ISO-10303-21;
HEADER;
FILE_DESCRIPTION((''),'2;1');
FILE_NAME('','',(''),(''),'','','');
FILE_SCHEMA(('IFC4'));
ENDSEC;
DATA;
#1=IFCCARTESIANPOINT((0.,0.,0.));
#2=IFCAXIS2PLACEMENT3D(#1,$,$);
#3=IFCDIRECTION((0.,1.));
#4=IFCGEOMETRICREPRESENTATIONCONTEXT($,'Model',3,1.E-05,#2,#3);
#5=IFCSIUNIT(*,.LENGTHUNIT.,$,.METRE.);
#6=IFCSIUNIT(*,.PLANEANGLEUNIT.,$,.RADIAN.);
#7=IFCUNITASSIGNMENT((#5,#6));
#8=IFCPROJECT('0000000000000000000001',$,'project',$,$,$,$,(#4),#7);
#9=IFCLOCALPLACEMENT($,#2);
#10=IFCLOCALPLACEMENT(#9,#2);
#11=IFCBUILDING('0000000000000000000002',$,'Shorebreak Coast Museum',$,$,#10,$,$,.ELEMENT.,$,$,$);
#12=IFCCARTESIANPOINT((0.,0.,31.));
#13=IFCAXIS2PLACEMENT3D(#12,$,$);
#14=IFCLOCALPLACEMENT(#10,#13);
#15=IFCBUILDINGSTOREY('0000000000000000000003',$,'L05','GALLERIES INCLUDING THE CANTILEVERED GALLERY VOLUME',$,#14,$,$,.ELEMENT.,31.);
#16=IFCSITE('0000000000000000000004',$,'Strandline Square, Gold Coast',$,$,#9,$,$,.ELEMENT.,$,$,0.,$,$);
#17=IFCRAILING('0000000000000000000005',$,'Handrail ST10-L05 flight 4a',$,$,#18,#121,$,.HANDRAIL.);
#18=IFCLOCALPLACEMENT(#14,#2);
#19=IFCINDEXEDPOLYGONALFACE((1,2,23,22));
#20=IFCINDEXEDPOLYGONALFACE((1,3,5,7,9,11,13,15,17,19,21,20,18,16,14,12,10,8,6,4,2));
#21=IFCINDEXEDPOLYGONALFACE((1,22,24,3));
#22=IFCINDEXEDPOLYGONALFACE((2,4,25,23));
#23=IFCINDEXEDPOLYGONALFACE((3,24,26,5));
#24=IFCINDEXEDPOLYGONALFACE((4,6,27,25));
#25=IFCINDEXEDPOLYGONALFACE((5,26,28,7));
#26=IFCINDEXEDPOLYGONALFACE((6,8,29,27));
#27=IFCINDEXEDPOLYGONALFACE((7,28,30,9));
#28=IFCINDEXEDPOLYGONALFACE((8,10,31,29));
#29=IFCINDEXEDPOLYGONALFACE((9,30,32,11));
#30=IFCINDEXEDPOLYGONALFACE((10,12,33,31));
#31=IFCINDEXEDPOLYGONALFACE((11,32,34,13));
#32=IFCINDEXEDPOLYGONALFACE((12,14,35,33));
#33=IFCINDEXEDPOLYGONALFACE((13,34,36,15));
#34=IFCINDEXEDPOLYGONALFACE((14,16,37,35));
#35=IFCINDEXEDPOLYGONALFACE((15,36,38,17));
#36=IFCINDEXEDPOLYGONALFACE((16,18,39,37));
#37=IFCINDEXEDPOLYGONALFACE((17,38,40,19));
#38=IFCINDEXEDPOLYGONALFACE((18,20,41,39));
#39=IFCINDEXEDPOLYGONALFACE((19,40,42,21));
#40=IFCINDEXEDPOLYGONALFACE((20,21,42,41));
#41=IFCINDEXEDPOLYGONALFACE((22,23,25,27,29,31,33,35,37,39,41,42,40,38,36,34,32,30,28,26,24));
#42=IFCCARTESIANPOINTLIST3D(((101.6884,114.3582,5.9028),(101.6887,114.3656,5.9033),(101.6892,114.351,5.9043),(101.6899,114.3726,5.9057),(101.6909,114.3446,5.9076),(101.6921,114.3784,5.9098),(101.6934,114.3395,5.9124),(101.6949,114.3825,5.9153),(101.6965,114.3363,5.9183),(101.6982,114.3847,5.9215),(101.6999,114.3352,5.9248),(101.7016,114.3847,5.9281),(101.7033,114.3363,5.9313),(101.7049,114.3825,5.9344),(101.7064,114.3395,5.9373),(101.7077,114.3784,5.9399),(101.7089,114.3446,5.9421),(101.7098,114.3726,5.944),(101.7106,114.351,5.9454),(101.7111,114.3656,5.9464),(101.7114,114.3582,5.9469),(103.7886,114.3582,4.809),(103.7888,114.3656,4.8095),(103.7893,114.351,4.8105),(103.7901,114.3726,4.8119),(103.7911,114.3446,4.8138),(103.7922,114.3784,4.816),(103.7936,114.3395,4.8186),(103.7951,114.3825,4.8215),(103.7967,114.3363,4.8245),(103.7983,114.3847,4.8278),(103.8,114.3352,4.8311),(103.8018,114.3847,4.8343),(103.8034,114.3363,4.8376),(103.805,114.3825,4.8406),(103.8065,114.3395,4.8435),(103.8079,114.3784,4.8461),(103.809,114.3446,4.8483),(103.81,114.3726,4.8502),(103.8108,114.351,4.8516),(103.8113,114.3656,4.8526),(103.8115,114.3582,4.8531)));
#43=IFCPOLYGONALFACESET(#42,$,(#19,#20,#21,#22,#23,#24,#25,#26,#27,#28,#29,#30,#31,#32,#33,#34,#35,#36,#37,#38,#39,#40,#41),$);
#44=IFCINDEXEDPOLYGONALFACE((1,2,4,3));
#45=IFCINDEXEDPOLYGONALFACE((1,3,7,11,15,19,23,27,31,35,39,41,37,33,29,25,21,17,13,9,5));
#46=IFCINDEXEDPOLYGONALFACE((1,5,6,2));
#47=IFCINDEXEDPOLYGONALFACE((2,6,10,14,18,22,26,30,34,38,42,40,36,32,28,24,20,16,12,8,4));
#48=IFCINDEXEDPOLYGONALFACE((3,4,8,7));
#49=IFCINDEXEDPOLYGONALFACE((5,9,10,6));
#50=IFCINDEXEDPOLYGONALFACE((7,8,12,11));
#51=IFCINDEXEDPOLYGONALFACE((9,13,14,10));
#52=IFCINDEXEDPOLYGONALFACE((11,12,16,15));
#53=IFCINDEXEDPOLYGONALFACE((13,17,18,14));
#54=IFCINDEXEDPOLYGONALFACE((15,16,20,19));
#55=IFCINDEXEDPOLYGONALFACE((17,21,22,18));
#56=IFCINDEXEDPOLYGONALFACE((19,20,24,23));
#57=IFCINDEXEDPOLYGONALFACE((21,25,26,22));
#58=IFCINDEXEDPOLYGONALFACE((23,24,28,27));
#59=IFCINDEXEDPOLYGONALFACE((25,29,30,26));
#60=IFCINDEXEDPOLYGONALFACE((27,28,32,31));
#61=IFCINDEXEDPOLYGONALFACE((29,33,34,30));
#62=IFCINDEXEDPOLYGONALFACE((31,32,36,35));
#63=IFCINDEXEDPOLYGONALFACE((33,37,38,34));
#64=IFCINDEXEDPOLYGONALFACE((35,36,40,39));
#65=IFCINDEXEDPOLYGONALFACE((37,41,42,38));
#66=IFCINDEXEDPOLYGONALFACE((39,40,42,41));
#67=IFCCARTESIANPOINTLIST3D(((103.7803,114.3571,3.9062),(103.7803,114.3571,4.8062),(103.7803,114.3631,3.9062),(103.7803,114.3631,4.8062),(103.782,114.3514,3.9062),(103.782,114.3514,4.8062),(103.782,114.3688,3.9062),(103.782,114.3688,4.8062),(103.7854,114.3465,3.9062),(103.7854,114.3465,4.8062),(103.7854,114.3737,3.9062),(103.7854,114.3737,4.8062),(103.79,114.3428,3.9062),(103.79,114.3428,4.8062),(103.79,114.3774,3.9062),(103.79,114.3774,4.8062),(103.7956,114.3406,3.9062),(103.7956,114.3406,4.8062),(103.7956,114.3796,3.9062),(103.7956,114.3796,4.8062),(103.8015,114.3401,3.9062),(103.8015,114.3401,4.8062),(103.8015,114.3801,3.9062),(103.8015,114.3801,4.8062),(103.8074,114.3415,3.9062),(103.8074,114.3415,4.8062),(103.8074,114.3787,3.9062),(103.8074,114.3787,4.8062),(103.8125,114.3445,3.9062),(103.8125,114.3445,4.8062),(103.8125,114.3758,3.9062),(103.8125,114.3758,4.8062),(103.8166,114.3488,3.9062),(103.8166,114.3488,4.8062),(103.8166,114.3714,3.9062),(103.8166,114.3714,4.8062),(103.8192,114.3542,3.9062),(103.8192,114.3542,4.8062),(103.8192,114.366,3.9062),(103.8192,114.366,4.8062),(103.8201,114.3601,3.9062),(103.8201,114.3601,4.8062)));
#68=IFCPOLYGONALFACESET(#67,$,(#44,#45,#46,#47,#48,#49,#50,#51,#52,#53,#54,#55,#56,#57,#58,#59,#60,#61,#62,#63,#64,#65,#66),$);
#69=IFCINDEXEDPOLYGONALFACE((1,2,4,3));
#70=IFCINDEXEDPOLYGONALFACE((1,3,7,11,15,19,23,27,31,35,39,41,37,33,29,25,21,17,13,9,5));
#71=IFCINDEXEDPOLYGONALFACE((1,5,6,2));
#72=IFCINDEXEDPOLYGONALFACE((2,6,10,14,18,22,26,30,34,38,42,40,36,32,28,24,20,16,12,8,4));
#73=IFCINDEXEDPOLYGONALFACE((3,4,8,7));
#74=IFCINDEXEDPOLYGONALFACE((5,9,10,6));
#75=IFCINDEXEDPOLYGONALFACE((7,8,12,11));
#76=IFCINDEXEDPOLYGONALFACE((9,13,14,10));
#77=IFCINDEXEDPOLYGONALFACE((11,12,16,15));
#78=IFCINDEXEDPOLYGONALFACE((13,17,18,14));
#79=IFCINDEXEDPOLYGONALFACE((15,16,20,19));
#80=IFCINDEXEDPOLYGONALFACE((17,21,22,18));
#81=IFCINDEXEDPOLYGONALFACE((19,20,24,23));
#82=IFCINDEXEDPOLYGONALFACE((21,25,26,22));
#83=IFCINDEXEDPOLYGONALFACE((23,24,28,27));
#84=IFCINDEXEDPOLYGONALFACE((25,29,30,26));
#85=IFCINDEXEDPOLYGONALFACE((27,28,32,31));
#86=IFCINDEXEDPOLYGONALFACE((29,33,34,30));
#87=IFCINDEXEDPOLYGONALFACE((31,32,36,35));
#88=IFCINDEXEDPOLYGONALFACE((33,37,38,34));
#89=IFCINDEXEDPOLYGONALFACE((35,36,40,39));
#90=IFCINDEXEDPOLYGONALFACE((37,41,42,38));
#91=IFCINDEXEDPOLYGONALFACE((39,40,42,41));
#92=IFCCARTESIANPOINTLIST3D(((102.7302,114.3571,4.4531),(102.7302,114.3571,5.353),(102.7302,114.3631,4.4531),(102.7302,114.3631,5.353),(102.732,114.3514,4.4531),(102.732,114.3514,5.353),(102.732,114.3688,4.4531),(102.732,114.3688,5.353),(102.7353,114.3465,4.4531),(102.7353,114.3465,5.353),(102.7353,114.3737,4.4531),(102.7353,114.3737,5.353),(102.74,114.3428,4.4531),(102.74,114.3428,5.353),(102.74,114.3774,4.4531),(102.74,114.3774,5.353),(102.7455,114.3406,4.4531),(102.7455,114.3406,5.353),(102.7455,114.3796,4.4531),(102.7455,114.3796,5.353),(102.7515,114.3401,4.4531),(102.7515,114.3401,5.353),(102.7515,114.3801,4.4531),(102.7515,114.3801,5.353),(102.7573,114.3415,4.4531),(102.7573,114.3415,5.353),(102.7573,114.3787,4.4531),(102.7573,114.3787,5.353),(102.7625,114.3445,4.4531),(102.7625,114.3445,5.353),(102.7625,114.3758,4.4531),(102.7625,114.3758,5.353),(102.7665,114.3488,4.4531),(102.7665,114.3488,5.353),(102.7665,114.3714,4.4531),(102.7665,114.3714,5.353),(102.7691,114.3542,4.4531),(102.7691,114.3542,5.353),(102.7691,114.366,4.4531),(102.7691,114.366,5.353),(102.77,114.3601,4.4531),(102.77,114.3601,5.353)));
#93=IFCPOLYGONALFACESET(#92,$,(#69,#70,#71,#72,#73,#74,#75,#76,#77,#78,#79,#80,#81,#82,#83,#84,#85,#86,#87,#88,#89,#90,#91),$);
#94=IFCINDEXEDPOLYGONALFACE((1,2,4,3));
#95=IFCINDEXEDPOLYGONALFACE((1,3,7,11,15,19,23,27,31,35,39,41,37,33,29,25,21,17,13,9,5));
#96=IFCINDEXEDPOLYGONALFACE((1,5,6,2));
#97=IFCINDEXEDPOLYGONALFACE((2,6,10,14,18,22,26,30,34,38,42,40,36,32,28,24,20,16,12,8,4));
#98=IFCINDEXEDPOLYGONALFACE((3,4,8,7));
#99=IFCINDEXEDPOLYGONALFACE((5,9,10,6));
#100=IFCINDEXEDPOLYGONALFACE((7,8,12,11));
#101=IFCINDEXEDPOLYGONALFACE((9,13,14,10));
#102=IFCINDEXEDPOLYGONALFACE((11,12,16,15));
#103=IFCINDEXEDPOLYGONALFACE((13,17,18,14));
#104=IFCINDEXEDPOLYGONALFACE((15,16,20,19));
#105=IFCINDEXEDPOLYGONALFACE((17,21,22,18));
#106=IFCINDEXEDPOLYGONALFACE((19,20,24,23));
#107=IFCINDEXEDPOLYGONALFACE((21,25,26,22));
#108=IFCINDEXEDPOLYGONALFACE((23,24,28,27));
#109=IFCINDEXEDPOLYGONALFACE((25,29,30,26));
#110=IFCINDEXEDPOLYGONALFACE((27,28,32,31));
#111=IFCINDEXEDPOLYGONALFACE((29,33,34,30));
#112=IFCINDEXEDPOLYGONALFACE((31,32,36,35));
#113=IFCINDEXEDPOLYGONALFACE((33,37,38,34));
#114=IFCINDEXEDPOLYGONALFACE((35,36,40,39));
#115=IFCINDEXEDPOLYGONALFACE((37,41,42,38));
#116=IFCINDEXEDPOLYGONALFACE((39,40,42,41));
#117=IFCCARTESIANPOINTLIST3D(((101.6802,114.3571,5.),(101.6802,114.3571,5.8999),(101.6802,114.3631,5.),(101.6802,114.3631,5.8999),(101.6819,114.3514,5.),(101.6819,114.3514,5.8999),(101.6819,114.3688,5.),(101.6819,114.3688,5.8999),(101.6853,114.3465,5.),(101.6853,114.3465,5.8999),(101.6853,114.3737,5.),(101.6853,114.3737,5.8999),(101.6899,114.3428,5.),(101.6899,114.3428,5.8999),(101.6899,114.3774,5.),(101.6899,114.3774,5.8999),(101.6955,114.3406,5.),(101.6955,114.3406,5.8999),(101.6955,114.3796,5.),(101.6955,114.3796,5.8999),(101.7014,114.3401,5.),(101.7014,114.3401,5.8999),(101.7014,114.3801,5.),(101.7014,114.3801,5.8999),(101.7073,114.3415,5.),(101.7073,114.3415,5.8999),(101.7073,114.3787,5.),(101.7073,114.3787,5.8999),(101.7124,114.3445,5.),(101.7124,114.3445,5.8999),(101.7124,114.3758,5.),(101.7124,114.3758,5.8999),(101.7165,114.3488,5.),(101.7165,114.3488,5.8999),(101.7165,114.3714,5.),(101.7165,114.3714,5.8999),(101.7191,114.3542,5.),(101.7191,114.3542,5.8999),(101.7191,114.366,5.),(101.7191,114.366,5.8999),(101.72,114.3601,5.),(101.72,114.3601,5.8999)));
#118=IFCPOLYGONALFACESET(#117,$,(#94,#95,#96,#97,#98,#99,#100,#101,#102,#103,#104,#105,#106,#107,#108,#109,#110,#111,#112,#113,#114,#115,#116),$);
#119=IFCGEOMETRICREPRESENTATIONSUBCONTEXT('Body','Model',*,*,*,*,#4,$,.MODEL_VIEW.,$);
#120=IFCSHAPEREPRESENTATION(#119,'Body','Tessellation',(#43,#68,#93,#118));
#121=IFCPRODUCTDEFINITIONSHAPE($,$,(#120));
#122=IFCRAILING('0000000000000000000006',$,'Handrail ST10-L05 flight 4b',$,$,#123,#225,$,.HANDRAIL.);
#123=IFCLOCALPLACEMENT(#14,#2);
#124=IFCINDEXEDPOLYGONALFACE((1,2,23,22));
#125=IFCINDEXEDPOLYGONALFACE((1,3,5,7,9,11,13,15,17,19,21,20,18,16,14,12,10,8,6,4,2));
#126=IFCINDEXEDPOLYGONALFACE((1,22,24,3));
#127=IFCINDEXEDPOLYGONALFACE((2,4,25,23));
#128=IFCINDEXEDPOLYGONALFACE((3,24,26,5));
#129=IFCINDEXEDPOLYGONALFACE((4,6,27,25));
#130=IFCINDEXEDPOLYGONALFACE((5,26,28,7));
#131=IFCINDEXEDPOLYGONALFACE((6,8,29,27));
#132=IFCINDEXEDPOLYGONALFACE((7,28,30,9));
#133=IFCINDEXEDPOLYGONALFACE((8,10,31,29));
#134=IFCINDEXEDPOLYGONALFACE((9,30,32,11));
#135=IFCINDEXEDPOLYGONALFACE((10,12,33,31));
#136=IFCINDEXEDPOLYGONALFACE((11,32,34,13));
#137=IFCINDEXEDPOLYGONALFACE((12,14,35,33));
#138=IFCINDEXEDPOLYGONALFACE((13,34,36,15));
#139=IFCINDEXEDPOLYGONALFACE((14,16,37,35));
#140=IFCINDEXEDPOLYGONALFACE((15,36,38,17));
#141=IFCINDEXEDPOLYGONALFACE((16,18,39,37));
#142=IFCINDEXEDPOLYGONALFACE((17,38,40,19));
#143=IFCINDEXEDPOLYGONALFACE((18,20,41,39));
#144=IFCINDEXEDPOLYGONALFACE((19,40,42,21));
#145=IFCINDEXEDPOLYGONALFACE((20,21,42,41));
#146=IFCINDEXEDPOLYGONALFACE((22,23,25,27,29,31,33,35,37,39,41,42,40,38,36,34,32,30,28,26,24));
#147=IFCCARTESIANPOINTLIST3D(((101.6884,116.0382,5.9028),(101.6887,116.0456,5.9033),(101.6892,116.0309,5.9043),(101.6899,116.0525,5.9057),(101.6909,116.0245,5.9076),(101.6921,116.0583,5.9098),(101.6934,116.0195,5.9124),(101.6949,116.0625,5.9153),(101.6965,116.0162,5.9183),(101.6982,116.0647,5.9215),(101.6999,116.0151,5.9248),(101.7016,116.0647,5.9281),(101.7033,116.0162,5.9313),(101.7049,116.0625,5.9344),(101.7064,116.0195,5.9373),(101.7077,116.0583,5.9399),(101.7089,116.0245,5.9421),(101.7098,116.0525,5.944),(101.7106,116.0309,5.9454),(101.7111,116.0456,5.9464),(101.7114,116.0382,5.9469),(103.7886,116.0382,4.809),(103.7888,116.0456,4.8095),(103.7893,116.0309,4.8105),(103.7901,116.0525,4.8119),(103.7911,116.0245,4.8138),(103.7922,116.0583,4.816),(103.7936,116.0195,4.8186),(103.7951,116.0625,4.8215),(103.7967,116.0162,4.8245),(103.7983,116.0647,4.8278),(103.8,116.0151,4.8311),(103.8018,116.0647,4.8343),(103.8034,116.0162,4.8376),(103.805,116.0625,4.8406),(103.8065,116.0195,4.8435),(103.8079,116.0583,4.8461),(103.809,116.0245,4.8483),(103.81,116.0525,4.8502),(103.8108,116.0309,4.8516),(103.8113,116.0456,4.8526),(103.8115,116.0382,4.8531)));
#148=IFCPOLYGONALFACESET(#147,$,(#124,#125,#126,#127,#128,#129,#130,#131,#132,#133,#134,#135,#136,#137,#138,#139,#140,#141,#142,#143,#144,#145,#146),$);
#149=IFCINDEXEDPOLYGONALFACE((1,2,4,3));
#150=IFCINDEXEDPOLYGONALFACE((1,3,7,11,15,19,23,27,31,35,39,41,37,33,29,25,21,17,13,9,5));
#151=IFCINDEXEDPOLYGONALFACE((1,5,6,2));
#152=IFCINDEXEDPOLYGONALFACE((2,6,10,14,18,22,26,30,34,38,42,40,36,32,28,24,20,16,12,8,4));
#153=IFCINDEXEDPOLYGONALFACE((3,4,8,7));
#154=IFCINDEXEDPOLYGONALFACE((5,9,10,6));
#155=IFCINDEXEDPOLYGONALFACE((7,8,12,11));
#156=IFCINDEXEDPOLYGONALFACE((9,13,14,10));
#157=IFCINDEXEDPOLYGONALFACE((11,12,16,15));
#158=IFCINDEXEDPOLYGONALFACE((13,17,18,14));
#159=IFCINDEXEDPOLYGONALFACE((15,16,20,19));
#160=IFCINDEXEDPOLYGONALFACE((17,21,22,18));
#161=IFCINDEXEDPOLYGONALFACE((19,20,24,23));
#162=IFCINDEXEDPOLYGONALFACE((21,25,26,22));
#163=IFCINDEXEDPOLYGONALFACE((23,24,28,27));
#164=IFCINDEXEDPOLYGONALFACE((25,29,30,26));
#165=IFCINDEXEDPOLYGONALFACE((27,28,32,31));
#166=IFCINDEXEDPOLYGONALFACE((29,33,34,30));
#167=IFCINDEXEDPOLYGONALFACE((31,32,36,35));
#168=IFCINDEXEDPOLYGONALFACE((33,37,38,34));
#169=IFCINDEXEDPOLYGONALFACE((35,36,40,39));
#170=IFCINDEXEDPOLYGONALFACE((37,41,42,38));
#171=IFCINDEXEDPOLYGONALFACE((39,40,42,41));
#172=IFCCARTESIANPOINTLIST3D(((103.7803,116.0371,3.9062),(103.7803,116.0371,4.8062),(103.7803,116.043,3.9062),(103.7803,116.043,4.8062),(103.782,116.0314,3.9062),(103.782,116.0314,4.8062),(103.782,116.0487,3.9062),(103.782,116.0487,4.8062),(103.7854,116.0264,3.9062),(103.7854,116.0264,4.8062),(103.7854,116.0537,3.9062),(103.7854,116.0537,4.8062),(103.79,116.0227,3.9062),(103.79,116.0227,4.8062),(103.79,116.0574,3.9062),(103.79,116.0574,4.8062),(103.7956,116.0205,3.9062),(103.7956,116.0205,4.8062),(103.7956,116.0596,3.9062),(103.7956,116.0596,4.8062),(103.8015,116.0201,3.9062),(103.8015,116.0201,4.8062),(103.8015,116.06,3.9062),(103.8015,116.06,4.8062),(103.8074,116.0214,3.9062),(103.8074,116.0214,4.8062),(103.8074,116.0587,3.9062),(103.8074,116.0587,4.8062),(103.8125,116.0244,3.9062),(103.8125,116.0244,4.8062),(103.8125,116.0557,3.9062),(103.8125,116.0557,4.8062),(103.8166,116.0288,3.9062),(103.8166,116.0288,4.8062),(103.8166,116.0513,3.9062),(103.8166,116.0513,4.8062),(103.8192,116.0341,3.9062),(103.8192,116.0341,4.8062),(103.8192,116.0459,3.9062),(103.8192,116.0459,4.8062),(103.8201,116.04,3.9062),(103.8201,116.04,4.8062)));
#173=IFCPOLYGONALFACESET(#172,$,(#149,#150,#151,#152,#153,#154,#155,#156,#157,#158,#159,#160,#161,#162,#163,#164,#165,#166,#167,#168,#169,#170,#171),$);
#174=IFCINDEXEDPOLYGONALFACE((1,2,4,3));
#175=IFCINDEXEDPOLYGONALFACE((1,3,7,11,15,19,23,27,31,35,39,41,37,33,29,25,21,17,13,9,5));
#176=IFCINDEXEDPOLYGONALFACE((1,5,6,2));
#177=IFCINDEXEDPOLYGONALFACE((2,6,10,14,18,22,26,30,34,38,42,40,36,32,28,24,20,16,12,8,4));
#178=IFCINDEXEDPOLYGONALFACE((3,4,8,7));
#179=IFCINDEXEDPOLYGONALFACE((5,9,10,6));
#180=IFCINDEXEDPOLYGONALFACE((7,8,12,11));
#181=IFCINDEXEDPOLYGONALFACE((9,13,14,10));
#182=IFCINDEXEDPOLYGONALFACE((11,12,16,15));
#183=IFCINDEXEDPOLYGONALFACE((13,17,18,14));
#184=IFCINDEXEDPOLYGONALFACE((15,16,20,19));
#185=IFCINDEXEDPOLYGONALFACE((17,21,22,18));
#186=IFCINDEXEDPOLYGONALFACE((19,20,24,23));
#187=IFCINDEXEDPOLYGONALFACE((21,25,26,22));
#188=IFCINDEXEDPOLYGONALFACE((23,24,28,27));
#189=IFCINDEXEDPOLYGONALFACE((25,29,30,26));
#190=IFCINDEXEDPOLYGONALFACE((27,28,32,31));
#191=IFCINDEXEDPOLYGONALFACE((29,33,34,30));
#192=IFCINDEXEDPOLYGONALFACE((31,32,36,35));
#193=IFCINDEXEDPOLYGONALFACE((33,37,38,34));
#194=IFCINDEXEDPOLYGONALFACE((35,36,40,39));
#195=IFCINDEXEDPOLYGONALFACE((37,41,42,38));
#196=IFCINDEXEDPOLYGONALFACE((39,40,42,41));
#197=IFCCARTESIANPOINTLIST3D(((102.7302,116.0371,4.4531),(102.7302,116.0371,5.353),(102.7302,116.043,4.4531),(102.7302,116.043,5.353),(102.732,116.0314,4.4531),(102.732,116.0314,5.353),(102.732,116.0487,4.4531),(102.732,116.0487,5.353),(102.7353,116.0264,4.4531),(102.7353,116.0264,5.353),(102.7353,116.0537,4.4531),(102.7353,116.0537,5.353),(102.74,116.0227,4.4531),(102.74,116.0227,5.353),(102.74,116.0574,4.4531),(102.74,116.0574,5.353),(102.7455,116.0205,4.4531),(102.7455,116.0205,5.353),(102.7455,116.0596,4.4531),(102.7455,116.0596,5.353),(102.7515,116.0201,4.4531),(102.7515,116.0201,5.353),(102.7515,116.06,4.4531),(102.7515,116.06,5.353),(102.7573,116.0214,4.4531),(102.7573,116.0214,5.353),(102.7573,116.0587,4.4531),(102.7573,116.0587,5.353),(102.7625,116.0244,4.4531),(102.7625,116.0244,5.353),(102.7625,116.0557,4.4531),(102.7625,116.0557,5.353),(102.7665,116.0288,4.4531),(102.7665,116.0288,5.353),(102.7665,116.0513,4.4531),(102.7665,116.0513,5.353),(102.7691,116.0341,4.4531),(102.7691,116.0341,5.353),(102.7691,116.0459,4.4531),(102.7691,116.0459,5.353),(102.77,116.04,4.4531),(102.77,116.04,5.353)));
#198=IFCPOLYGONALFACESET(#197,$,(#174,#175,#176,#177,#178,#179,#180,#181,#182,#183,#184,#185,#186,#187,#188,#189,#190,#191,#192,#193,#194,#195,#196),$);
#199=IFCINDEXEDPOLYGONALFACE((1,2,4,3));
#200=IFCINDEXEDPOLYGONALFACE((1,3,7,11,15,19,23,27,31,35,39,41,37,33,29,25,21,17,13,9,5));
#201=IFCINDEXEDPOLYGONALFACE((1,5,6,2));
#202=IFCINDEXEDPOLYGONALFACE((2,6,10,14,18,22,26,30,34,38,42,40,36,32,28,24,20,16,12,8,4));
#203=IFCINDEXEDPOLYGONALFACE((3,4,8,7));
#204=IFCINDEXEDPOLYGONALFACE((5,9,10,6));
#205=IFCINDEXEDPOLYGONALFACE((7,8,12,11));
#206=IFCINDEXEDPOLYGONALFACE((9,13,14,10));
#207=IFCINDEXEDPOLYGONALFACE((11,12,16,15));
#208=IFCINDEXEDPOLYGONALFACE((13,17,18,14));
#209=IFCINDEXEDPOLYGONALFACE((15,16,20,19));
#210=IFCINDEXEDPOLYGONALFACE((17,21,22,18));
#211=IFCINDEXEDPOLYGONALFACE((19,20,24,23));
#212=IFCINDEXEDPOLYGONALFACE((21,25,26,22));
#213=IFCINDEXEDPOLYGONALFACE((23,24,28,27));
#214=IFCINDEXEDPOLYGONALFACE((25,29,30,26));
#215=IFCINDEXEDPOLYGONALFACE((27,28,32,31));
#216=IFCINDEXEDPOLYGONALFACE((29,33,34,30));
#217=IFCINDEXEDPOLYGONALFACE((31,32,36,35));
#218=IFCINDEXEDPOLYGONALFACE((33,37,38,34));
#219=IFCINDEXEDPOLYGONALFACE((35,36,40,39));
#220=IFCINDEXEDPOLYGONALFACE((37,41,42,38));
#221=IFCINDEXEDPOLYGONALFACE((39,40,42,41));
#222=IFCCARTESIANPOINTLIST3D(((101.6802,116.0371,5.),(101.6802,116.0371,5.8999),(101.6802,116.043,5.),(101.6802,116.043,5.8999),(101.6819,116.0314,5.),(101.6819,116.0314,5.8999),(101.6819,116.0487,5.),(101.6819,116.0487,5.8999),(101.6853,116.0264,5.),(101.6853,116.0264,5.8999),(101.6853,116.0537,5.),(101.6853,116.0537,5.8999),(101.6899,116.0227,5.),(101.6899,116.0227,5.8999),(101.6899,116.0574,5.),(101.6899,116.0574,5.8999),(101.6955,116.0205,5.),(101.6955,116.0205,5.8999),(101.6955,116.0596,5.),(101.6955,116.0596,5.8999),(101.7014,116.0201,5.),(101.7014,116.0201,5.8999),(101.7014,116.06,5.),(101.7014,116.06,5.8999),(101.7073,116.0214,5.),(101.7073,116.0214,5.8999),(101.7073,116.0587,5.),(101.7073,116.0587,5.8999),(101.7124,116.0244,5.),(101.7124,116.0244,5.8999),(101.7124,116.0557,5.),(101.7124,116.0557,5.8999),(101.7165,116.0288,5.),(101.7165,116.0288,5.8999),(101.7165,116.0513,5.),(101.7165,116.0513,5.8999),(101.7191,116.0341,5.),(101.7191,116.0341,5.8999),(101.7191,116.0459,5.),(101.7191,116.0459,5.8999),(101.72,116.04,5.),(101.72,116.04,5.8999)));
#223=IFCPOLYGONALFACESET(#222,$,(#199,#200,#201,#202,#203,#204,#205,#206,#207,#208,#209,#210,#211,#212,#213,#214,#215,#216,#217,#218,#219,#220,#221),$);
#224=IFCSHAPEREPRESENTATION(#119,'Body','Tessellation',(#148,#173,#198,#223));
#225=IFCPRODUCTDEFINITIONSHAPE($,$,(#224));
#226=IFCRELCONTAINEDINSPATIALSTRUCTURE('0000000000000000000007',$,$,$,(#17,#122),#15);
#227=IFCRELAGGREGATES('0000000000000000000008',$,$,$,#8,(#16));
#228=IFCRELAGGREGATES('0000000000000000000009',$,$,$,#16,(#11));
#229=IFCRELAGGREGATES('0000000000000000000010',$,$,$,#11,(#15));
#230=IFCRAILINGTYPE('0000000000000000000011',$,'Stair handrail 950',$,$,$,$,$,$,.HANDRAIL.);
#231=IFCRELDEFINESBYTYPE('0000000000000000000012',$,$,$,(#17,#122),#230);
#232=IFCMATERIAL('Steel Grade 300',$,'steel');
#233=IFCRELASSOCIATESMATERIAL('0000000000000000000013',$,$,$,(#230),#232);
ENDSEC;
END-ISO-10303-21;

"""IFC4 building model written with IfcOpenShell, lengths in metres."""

from ifc_helpers import new_model, si_unit, direction, frame, origin, origin_2d, place, context, subcontext, project, spatial, circle, extrude, material, type_object, element, save


model = new_model("IFC4")

# Units and contexts
model_context = context("Model", 3, precision=1e-05, world=origin(), true_north=direction((0.0, 1.0)))
body_context = subcontext(model_context, "Body", "Model", "MODEL_VIEW")
ifc_project = project(units=[si_unit("LENGTHUNIT", "METRE"), si_unit("PLANEANGLEUNIT", "RADIAN")], contexts=[model_context])

# Site, building, storey
site_placement = place(None, origin())
site = spatial("IfcSite", under=ifc_project, at=site_placement, Name="Strandline Square, Gold Coast", CompositionType="ELEMENT", RefElevation=0.0)
building_placement = place(site_placement, origin())
building = spatial("IfcBuilding", under=site, at=building_placement, Name="Shorebreak Coast Museum", CompositionType="ELEMENT")
storey_placement = place(building_placement, frame((0.0, 0.0, 31.0)))
storey = spatial("IfcBuildingStorey", under=building, at=storey_placement, Name="L05", Description="GALLERIES INCLUDING THE CANTILEVERED GALLERY VOLUME", CompositionType="ELEMENT", Elevation=31.0)

# Railings
ifc_material_1 = material(Name="Steel Grade 300", Category="steel")
railing_type_1 = type_object("IfcRailingType", Name="Stair handrail 950", PredefinedType="HANDRAIL", material=ifc_material_1)
for number, where, name in (
    (1, (103.8, 114.3601, 3.9062), "Handrail ST10-L05 flight 4a"),
    (2, (103.8, 116.04, 3.9062), "Handrail ST10-L05 flight 4b"),
):
    element("IfcRailing", number, at=place(storey_placement, frame(where)), inside=storey, type_object=railing_type_1, Name=name, PredefinedType="HANDRAIL", context=body_context, shape_type="SweptSolid", body=[
        extrude(circle(Radius=0.0249, at=origin_2d()), frame((0.0, 0.0, 0.9248), z_axis=(-0.886923, 0.0, 0.461918), x_axis=(0.0, -1.0, 0.0)), (0.0, 0.0, 1.0), 2.3679),
        extrude(circle(Radius=0.02, at=origin_2d()), origin(), (0.0, 0.0, 1.0), 0.8999),
        extrude(circle(Radius=0.02, at=origin_2d()), frame((-1.05, 0.0, 0.5469)), (0.0, 0.0, 1.0), 0.8999),
        extrude(circle(Radius=0.02, at=origin_2d()), frame((-2.1001, 0.0, 1.0938)), (0.0, 0.0, 1.0), 0.8999),
    ])

save(model, "model.ifc")
